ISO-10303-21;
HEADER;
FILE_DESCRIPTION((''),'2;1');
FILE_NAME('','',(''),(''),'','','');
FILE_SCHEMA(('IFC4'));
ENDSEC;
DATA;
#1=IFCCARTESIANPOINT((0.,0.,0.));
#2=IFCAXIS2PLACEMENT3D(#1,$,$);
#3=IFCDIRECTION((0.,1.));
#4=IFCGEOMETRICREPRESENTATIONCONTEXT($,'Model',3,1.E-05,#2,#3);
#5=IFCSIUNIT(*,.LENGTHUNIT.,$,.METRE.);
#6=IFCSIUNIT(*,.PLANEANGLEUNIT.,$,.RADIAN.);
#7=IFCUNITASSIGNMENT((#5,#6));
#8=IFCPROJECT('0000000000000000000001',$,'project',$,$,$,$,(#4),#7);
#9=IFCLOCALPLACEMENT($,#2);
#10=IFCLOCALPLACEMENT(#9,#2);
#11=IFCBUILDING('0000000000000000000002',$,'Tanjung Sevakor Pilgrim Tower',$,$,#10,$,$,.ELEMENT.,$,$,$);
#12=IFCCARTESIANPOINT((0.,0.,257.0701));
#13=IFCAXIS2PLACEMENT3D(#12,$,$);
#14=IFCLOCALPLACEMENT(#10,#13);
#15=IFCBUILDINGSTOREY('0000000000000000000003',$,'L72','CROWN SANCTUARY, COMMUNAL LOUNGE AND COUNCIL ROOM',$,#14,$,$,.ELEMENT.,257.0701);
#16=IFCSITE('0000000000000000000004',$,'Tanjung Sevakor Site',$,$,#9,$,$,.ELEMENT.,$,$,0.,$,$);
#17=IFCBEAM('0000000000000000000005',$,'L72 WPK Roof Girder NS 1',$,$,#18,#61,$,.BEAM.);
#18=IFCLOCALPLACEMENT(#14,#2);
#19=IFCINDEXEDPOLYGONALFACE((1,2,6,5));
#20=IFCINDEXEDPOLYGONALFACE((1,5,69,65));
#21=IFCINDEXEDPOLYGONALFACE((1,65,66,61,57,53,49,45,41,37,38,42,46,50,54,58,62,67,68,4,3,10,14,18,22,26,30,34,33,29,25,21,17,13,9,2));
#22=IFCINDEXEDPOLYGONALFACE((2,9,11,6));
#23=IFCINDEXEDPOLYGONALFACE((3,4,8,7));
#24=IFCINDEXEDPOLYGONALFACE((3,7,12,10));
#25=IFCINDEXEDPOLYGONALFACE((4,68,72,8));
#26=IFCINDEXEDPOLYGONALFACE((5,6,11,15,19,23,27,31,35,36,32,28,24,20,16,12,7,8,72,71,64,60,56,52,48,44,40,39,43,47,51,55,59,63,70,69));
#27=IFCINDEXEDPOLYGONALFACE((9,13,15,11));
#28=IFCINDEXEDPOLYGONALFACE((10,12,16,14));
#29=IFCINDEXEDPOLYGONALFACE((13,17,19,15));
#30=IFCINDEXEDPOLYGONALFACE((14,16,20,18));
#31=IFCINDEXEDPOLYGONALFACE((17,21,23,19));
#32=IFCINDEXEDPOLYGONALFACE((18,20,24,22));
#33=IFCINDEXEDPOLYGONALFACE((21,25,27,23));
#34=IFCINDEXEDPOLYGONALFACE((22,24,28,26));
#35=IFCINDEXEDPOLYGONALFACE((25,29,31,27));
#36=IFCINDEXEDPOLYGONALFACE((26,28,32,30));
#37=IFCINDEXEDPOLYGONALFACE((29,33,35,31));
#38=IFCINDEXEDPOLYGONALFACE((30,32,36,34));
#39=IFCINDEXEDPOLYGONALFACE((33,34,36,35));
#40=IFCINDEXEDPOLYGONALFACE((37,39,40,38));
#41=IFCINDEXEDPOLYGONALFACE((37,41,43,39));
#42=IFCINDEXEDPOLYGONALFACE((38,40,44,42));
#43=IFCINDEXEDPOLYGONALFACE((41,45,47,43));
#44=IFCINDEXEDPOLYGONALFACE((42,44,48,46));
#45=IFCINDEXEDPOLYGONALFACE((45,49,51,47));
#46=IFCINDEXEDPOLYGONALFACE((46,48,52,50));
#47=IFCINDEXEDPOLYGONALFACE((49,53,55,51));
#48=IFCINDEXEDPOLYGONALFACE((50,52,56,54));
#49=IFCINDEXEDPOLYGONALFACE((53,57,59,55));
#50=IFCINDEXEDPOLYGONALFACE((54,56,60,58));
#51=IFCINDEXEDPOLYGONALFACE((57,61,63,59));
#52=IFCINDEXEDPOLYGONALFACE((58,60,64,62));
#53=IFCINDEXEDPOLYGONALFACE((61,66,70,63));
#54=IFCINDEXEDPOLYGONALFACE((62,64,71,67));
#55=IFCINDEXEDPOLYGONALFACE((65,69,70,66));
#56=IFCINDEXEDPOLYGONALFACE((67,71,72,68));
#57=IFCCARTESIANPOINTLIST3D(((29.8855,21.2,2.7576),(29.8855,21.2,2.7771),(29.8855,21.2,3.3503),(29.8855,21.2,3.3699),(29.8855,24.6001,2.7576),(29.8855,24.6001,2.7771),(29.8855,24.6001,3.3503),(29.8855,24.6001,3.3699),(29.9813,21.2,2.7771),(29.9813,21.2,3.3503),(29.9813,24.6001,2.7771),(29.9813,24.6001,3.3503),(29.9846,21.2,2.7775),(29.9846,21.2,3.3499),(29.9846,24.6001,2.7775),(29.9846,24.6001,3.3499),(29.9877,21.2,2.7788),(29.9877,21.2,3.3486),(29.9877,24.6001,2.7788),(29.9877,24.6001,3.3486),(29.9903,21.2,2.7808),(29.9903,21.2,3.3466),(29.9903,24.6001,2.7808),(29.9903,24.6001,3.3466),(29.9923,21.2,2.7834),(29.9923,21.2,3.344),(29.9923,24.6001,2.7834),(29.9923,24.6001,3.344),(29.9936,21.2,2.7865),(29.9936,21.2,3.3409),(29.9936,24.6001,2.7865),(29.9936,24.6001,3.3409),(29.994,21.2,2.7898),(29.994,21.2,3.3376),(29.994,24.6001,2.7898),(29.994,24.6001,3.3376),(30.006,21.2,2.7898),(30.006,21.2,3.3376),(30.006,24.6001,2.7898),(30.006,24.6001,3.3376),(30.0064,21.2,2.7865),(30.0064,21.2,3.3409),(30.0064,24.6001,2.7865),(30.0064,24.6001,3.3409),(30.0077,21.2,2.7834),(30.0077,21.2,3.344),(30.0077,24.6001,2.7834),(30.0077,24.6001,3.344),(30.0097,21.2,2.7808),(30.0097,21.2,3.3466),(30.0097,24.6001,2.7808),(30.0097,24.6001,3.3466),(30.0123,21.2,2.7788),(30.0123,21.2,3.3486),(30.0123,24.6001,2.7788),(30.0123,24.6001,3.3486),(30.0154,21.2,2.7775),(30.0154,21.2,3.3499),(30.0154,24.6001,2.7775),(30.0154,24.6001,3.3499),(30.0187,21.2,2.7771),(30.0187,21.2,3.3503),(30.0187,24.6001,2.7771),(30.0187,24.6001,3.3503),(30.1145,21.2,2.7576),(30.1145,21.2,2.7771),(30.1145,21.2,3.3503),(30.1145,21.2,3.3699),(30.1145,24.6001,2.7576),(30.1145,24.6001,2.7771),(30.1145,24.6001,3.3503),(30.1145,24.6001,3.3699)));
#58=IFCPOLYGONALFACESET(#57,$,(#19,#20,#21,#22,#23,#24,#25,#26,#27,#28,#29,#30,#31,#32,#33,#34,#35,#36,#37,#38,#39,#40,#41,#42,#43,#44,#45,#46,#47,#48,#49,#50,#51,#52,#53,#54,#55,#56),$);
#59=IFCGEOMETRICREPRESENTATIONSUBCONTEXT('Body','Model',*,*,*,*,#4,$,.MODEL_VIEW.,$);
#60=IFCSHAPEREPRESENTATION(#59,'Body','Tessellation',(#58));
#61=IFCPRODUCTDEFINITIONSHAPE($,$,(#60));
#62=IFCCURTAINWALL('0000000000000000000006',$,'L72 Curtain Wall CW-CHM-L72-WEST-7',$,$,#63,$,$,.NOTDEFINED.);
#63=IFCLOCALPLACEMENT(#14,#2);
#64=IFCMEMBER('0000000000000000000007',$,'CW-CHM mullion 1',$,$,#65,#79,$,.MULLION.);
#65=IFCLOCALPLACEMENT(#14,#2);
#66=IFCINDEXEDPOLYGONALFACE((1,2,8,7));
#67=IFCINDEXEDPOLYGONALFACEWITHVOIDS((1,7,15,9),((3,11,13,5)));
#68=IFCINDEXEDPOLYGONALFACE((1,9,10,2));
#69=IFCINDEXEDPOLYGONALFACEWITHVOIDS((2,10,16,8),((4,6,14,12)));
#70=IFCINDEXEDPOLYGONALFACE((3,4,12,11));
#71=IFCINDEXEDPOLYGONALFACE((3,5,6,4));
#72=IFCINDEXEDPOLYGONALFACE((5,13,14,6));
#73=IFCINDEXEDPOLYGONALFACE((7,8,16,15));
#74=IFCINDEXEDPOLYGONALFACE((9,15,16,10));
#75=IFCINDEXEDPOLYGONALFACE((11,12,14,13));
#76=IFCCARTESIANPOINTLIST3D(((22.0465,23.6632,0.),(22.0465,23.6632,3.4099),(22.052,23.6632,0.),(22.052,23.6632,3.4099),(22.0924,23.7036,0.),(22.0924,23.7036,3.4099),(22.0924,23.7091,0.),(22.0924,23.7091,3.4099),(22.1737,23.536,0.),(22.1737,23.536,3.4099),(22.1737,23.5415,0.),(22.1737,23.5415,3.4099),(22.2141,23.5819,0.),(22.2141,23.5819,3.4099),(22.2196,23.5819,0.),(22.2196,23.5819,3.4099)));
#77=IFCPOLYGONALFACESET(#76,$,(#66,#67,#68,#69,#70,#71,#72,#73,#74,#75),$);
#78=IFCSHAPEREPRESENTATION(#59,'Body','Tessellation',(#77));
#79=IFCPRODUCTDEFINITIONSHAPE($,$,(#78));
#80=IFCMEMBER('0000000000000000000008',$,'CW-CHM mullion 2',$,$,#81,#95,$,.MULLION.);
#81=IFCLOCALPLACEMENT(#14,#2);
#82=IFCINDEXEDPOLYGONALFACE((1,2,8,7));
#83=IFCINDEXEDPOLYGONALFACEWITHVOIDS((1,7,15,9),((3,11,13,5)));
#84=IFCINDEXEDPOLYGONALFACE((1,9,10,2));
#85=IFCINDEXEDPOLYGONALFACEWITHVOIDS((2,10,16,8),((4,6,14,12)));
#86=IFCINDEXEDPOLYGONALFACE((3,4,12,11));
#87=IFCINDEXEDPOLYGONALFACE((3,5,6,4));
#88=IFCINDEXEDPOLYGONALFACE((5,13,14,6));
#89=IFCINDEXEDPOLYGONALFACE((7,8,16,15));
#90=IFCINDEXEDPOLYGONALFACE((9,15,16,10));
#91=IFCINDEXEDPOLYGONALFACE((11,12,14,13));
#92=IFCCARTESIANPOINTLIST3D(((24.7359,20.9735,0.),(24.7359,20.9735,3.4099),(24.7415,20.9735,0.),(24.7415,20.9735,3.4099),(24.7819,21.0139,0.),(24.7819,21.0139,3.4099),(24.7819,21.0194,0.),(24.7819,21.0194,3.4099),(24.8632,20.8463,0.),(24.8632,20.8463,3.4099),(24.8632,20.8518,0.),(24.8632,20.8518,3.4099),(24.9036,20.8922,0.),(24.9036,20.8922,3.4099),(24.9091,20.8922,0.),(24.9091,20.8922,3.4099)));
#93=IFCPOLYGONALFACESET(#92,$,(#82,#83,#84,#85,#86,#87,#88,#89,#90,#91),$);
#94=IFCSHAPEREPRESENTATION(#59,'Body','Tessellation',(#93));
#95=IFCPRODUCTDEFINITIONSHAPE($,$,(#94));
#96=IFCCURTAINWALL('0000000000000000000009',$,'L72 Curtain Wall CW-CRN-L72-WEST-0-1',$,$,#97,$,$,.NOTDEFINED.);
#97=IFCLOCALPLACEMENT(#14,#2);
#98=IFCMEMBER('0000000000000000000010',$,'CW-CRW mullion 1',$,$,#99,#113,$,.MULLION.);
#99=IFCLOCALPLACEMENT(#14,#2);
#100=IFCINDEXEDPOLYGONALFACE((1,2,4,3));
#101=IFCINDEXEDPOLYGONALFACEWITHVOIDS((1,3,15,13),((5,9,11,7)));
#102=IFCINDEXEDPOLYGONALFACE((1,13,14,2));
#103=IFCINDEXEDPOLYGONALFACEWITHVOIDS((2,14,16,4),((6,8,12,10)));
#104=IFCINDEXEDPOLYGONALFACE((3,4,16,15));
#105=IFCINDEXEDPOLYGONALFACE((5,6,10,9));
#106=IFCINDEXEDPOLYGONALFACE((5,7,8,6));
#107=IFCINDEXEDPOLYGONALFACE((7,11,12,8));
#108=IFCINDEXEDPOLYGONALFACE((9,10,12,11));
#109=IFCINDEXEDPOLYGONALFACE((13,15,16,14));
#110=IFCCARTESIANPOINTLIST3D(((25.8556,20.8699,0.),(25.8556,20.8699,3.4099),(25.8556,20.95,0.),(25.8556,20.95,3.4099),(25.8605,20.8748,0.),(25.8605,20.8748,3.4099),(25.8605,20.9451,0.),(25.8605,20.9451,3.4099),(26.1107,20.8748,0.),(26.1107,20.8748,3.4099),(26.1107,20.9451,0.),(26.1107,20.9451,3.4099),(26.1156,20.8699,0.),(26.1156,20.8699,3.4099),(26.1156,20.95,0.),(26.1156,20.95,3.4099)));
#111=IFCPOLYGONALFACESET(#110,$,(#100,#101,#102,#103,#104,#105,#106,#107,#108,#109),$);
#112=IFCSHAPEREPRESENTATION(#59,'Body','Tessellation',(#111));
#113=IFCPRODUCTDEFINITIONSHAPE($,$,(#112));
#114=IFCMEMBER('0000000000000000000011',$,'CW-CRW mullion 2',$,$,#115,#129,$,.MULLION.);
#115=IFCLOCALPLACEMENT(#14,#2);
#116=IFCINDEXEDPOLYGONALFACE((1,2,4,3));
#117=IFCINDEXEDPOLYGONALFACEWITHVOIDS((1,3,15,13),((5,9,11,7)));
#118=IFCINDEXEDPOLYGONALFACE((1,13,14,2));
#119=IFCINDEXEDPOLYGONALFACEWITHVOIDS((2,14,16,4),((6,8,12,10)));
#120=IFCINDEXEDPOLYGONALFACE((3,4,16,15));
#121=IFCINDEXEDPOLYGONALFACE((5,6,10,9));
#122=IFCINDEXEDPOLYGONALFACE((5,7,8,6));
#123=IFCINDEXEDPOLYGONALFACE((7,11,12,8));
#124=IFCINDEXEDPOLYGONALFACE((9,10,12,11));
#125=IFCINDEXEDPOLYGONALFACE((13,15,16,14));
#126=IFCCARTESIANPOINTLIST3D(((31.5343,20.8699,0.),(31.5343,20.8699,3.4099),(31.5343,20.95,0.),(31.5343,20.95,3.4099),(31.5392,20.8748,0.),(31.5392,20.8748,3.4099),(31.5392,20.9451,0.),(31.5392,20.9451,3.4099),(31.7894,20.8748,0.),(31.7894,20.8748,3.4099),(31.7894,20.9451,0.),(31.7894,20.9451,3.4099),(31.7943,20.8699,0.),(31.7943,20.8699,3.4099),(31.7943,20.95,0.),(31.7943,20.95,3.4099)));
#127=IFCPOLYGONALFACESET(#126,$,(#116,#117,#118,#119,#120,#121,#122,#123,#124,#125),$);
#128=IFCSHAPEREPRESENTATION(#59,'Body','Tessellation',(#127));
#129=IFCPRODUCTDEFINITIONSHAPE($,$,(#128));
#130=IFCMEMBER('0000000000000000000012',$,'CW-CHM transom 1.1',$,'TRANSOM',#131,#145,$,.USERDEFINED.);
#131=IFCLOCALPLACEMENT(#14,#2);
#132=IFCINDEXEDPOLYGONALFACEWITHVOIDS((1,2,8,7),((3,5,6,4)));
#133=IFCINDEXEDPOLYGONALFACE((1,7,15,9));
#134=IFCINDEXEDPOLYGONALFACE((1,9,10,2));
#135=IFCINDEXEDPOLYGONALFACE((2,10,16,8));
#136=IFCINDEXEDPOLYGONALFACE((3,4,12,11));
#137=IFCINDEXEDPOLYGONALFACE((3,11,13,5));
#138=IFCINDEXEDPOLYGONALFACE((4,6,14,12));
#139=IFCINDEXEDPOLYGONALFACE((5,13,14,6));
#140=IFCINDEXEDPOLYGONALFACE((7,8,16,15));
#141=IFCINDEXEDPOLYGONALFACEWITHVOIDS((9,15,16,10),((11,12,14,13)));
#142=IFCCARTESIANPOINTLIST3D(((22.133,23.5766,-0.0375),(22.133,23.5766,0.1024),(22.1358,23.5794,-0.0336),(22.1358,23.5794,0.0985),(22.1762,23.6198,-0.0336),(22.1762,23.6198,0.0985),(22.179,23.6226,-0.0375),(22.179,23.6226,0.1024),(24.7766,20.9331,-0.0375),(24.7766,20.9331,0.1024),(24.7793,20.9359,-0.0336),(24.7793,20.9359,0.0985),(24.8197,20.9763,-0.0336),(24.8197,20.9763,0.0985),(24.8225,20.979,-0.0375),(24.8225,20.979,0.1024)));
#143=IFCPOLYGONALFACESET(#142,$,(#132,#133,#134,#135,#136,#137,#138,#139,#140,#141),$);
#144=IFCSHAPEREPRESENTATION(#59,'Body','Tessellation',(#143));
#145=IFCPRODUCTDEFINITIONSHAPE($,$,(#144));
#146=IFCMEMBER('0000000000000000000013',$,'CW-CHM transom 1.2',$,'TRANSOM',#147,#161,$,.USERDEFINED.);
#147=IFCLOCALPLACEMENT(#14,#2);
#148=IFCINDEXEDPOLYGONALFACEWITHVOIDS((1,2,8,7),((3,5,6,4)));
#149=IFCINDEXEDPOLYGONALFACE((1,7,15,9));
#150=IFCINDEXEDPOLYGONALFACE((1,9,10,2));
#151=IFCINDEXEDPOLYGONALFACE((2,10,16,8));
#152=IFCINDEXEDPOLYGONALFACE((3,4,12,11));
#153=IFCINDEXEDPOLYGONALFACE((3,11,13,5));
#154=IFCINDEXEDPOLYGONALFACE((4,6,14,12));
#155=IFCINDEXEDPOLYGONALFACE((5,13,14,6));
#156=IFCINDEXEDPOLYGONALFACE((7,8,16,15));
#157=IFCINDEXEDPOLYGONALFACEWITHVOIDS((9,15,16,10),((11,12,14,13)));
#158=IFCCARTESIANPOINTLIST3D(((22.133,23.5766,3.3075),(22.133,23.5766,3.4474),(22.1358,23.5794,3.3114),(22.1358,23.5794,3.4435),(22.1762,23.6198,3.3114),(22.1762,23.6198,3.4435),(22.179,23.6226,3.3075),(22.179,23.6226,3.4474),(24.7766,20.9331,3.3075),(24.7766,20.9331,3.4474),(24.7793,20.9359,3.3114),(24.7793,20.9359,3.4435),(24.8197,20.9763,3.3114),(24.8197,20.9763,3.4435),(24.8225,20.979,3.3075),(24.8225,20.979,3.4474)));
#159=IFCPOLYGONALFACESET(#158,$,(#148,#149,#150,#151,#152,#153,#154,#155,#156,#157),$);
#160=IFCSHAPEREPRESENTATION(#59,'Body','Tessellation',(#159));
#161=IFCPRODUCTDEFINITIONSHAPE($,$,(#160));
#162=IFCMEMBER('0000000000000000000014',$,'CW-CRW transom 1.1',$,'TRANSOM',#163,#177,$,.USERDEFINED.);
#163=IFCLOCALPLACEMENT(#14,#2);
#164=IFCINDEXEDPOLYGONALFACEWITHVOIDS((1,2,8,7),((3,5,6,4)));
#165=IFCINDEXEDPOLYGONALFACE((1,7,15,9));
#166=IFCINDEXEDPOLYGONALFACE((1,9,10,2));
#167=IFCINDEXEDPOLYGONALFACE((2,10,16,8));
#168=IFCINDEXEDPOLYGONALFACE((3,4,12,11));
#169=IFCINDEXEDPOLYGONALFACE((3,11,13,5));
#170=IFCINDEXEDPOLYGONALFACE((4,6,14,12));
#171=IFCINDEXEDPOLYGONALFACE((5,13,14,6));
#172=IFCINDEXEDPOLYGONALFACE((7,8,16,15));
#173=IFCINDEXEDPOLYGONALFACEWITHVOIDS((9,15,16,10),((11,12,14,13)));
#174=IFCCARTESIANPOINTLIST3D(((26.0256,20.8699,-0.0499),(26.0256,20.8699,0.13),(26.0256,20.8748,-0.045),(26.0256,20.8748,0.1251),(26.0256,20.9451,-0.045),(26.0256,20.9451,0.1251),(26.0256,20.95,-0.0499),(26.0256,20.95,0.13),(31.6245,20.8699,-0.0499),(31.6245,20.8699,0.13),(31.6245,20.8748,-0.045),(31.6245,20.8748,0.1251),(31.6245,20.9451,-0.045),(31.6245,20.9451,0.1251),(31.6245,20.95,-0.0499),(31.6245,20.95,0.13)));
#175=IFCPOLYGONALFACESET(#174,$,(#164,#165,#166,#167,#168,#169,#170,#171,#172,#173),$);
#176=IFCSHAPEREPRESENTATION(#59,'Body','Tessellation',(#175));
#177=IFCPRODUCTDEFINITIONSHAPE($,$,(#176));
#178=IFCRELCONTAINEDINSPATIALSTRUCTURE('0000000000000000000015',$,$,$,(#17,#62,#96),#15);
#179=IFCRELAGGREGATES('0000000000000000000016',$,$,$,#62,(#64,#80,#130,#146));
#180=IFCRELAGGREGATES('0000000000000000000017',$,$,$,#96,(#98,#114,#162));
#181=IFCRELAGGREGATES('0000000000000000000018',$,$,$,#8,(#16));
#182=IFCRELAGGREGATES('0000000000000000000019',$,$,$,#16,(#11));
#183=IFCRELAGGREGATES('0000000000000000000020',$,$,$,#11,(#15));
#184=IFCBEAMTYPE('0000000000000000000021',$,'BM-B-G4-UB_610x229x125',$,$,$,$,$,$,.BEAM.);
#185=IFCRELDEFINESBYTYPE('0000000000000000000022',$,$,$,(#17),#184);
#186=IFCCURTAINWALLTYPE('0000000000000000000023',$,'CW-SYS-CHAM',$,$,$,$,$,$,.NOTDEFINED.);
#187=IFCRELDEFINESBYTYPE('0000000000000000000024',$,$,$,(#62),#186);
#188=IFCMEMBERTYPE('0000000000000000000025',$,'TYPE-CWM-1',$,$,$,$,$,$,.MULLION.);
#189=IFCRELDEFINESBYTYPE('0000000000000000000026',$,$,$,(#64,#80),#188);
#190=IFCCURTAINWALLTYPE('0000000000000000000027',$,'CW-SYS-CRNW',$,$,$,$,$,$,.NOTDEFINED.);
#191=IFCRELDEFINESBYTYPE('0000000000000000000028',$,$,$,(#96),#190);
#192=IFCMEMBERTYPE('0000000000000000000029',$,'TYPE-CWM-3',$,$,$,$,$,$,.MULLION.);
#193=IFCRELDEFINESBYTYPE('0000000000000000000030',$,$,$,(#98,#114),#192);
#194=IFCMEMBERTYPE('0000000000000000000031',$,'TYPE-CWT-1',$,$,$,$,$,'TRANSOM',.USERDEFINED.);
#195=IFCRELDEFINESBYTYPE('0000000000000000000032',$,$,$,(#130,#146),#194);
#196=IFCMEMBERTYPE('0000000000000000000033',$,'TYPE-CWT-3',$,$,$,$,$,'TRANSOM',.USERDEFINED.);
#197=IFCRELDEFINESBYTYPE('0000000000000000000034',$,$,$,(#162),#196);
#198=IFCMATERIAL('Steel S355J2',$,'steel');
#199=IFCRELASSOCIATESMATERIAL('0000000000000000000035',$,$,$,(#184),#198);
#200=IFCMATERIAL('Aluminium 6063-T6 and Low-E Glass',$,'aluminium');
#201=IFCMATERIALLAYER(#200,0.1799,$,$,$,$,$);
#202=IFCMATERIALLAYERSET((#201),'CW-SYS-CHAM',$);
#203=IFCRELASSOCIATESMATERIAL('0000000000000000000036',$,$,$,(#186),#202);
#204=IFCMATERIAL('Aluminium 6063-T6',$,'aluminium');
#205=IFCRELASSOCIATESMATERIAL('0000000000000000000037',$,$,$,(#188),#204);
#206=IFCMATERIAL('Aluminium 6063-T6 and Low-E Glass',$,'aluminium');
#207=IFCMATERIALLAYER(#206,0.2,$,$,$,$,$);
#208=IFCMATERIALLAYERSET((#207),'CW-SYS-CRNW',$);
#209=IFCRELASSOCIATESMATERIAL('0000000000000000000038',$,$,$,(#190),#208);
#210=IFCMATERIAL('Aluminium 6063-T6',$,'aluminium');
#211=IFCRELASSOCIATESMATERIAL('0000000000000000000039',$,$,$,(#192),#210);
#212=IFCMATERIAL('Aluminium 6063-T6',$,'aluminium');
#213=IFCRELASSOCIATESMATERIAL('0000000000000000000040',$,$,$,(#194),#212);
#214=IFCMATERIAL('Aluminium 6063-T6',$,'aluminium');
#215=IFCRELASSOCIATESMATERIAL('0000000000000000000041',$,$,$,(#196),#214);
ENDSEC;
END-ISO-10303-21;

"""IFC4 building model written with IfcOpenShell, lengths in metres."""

from ifc_helpers import new_model, si_unit, direction, frame, origin, origin_2d, place, context, subcontext, project, spatial, hollow_rectangle, i_section, extrude, material, layer, layer_set, material_profile, profile_set, type_object, element, aggregate, save


model = new_model("IFC4")

# Units and contexts
model_context = context("Model", 3, precision=1e-05, world=origin(), true_north=direction((0.0, 1.0)))
body_context = subcontext(model_context, "Body", "Model", "MODEL_VIEW")
ifc_project = project(units=[si_unit("LENGTHUNIT", "METRE"), si_unit("PLANEANGLEUNIT", "RADIAN")], contexts=[model_context])

# Site, building, storey
site_placement = place(None, origin())
site = spatial("IfcSite", under=ifc_project, at=site_placement, Name="Tanjung Sevakor Site", CompositionType="ELEMENT", RefElevation=0.0)
building_placement = place(site_placement, origin())
building = spatial("IfcBuilding", under=site, at=building_placement, Name="Tanjung Sevakor Pilgrim Tower", CompositionType="ELEMENT")
storey_placement = place(building_placement, frame((0.0, 0.0, 257.0701)))
storey = spatial("IfcBuildingStorey", under=building, at=storey_placement, Name="L72", Description="CROWN SANCTUARY, COMMUNAL LOUNGE AND COUNCIL ROOM", CompositionType="ELEMENT", Elevation=257.0701)

# Beam
ifc_material_1 = material(Name="Steel S355J2", Category="steel")
ifc_material_profile_1 = material_profile(ifc_material_1, i_section(OverallWidth=0.229, OverallDepth=0.6123, WebThickness=0.012, FlangeThickness=0.0195, FilletRadius=0.0127, at=origin_2d()))
ifc_profile_set_1 = profile_set([ifc_material_profile_1], Name="Steel S355J2")
beam_type = type_object("IfcBeamType", Name="BM-B-G4-UB_610x229x125", PredefinedType="BEAM", material=ifc_profile_set_1)
beam_placement = place(storey_placement, frame((30.0, 21.2, 3.0637), z_axis=(0.0, 1.0, 0.0), x_axis=(-1.0, 0.0, 0.0)))
element("IfcBeam", 1, at=beam_placement, inside=storey, type_object=beam_type, Name="L72 WPK Roof Girder NS 1", PredefinedType="BEAM", context=body_context, shape_type="SweptSolid", body=[
    extrude(i_section(OverallWidth=0.229, OverallDepth=0.6123, WebThickness=0.012, FlangeThickness=0.0195, FilletRadius=0.0127, at=origin_2d()), origin(), (0.0, 0.0, 1.0), 3.4001),
])

# Curtain walls, members
ifc_material_2 = material(Name="Aluminium 6063-T6 and Low-E Glass", Category="aluminium")
ifc_layer_1 = layer(ifc_material_2, 0.1799)
ifc_layer_set_1 = layer_set([ifc_layer_1], Name="CW-SYS-CHAM")
curtain_wall_type_1 = type_object("IfcCurtainWallType", Name="CW-SYS-CHAM", PredefinedType="NOTDEFINED", material=ifc_layer_set_1)
curtain_wall_1_placement = place(storey_placement, origin())
curtain_wall_1 = element("IfcCurtainWall", 2, at=curtain_wall_1_placement, inside=storey, type_object=curtain_wall_type_1, Name="L72 Curtain Wall CW-CHM-L72-WEST-7", PredefinedType="NOTDEFINED")
ifc_material_3 = material(Name="Aluminium 6063-T6", Category="aluminium")
ifc_material_profile_2 = material_profile(ifc_material_3, hollow_rectangle(XDim=0.0649, YDim=0.1799, WallThickness=0.0039, at=origin_2d()))
ifc_profile_set_2 = profile_set([ifc_material_profile_2], Name="Aluminium 6063-T6")
member_type_1 = type_object("IfcMemberType", Name="TYPE-CWM-1", PredefinedType="MULLION", material=ifc_profile_set_2)
member_1_placement = place(storey_placement, frame((22.1331, 23.6226, 0.0), z_axis=(0.0, 0.0, 1.0), x_axis=(0.707107, 0.707107, 0.0)))
member_1 = element("IfcMember", 3, at=member_1_placement, type_object=member_type_1, Name="CW-CHM mullion 1", PredefinedType="MULLION", context=body_context, shape_type="SweptSolid", body=[
    extrude(hollow_rectangle(XDim=0.0649, YDim=0.1799, WallThickness=0.0039, at=origin_2d()), origin(), (0.0, 0.0, 1.0), 3.4099),
])
member_2_placement = place(storey_placement, frame((24.8225, 20.9329, 0.0), z_axis=(0.0, 0.0, 1.0), x_axis=(0.707107, 0.707107, 0.0)))
member_2 = element("IfcMember", 4, at=member_2_placement, type_object=member_type_1, Name="CW-CHM mullion 2", PredefinedType="MULLION", context=body_context, shape_type="SweptSolid", body=[
    extrude(hollow_rectangle(XDim=0.0649, YDim=0.1799, WallThickness=0.0039, at=origin_2d()), origin(), (0.0, 0.0, 1.0), 3.4099),
])
ifc_material_4 = material(Name="Aluminium 6063-T6 and Low-E Glass", Category="aluminium")
ifc_layer_2 = layer(ifc_material_4, 0.2)
ifc_layer_set_2 = layer_set([ifc_layer_2], Name="CW-SYS-CRNW")
curtain_wall_type_2 = type_object("IfcCurtainWallType", Name="CW-SYS-CRNW", PredefinedType="NOTDEFINED", material=ifc_layer_set_2)
curtain_wall_2_placement = place(storey_placement, origin())
curtain_wall_2 = element("IfcCurtainWall", 5, at=curtain_wall_2_placement, inside=storey, type_object=curtain_wall_type_2, Name="L72 Curtain Wall CW-CRN-L72-WEST-0-1", PredefinedType="NOTDEFINED")
ifc_material_5 = material(Name="Aluminium 6063-T6", Category="aluminium")
ifc_material_profile_3 = material_profile(ifc_material_5, hollow_rectangle(XDim=0.0801, YDim=0.26, WallThickness=0.0049, at=origin_2d()))
ifc_profile_set_3 = profile_set([ifc_material_profile_3], Name="Aluminium 6063-T6")
member_type_2 = type_object("IfcMemberType", Name="TYPE-CWM-3", PredefinedType="MULLION", material=ifc_profile_set_3)
member_3_placement = place(storey_placement, frame((25.9856, 20.9099, 0.0), z_axis=(0.0, 0.0, 1.0), x_axis=(0.0, 1.0, 0.0)))
member_3 = element("IfcMember", 6, at=member_3_placement, type_object=member_type_2, Name="CW-CRW mullion 1", PredefinedType="MULLION", context=body_context, shape_type="SweptSolid", body=[
    extrude(hollow_rectangle(XDim=0.0801, YDim=0.26, WallThickness=0.0049, at=origin_2d()), origin(), (0.0, 0.0, 1.0), 3.4099),
])
member_4_placement = place(storey_placement, frame((31.6643, 20.9099, 0.0), z_axis=(0.0, 0.0, 1.0), x_axis=(0.0, 1.0, 0.0)))
member_4 = element("IfcMember", 7, at=member_4_placement, type_object=member_type_2, Name="CW-CRW mullion 2", PredefinedType="MULLION", context=body_context, shape_type="SweptSolid", body=[
    extrude(hollow_rectangle(XDim=0.0801, YDim=0.26, WallThickness=0.0049, at=origin_2d()), origin(), (0.0, 0.0, 1.0), 3.4099),
])

# Members
ifc_material_6 = material(Name="Aluminium 6063-T6", Category="aluminium")
ifc_material_profile_4 = material_profile(ifc_material_6, hollow_rectangle(XDim=0.0649, YDim=0.1399, WallThickness=0.0039, at=origin_2d()))
ifc_profile_set_4 = profile_set([ifc_material_profile_4], Name="Aluminium 6063-T6")
member_type_3 = type_object("IfcMemberType", Name="TYPE-CWT-1", ElementType="TRANSOM", PredefinedType="USERDEFINED", material=ifc_profile_set_4)
member_5_placement = place(storey_placement, frame((22.156, 23.5996, 0.0325), z_axis=(0.707107, -0.707107, 0.0), x_axis=(0.707107, 0.707107, 0.0)))
member_5 = element("IfcMember", 8, at=member_5_placement, type_object=member_type_3, Name="CW-CHM transom 1.1", ObjectType="TRANSOM", PredefinedType="USERDEFINED", context=body_context, shape_type="SweptSolid", body=[
    extrude(hollow_rectangle(XDim=0.0649, YDim=0.1399, WallThickness=0.0039, at=origin_2d()), origin(), (0.0, 0.0, 1.0), 3.7385),
])
member_6_placement = place(storey_placement, frame((22.156, 23.5996, 3.3774), z_axis=(0.707107, -0.707107, 0.0), x_axis=(0.707107, 0.707107, 0.0)))
member_6 = element("IfcMember", 9, at=member_6_placement, type_object=member_type_3, Name="CW-CHM transom 1.2", ObjectType="TRANSOM", PredefinedType="USERDEFINED", context=body_context, shape_type="SweptSolid", body=[
    extrude(hollow_rectangle(XDim=0.0649, YDim=0.1399, WallThickness=0.0039, at=origin_2d()), origin(), (0.0, 0.0, 1.0), 3.7385),
])
ifc_material_7 = material(Name="Aluminium 6063-T6", Category="aluminium")
ifc_material_profile_5 = material_profile(ifc_material_7, hollow_rectangle(XDim=0.0801, YDim=0.1799, WallThickness=0.0049, at=origin_2d()))
ifc_profile_set_5 = profile_set([ifc_material_profile_5], Name="Aluminium 6063-T6")
member_type_4 = type_object("IfcMemberType", Name="TYPE-CWT-3", ElementType="TRANSOM", PredefinedType="USERDEFINED", material=ifc_profile_set_5)
member_7_placement = place(storey_placement, frame((26.0256, 20.9099, 0.04), z_axis=(1.0, 0.0, 0.0), x_axis=(0.0, 1.0, 0.0)))
member_7 = element("IfcMember", 10, at=member_7_placement, type_object=member_type_4, Name="CW-CRW transom 1.1", ObjectType="TRANSOM", PredefinedType="USERDEFINED", context=body_context, shape_type="SweptSolid", body=[
    extrude(hollow_rectangle(XDim=0.0801, YDim=0.1799, WallThickness=0.0049, at=origin_2d()), origin(), (0.0, 0.0, 1.0), 5.5989),
])

aggregate(curtain_wall_1, [member_1, member_2, member_5, member_6])
aggregate(curtain_wall_2, [member_3, member_4, member_7])

save(model, "model.ifc")
